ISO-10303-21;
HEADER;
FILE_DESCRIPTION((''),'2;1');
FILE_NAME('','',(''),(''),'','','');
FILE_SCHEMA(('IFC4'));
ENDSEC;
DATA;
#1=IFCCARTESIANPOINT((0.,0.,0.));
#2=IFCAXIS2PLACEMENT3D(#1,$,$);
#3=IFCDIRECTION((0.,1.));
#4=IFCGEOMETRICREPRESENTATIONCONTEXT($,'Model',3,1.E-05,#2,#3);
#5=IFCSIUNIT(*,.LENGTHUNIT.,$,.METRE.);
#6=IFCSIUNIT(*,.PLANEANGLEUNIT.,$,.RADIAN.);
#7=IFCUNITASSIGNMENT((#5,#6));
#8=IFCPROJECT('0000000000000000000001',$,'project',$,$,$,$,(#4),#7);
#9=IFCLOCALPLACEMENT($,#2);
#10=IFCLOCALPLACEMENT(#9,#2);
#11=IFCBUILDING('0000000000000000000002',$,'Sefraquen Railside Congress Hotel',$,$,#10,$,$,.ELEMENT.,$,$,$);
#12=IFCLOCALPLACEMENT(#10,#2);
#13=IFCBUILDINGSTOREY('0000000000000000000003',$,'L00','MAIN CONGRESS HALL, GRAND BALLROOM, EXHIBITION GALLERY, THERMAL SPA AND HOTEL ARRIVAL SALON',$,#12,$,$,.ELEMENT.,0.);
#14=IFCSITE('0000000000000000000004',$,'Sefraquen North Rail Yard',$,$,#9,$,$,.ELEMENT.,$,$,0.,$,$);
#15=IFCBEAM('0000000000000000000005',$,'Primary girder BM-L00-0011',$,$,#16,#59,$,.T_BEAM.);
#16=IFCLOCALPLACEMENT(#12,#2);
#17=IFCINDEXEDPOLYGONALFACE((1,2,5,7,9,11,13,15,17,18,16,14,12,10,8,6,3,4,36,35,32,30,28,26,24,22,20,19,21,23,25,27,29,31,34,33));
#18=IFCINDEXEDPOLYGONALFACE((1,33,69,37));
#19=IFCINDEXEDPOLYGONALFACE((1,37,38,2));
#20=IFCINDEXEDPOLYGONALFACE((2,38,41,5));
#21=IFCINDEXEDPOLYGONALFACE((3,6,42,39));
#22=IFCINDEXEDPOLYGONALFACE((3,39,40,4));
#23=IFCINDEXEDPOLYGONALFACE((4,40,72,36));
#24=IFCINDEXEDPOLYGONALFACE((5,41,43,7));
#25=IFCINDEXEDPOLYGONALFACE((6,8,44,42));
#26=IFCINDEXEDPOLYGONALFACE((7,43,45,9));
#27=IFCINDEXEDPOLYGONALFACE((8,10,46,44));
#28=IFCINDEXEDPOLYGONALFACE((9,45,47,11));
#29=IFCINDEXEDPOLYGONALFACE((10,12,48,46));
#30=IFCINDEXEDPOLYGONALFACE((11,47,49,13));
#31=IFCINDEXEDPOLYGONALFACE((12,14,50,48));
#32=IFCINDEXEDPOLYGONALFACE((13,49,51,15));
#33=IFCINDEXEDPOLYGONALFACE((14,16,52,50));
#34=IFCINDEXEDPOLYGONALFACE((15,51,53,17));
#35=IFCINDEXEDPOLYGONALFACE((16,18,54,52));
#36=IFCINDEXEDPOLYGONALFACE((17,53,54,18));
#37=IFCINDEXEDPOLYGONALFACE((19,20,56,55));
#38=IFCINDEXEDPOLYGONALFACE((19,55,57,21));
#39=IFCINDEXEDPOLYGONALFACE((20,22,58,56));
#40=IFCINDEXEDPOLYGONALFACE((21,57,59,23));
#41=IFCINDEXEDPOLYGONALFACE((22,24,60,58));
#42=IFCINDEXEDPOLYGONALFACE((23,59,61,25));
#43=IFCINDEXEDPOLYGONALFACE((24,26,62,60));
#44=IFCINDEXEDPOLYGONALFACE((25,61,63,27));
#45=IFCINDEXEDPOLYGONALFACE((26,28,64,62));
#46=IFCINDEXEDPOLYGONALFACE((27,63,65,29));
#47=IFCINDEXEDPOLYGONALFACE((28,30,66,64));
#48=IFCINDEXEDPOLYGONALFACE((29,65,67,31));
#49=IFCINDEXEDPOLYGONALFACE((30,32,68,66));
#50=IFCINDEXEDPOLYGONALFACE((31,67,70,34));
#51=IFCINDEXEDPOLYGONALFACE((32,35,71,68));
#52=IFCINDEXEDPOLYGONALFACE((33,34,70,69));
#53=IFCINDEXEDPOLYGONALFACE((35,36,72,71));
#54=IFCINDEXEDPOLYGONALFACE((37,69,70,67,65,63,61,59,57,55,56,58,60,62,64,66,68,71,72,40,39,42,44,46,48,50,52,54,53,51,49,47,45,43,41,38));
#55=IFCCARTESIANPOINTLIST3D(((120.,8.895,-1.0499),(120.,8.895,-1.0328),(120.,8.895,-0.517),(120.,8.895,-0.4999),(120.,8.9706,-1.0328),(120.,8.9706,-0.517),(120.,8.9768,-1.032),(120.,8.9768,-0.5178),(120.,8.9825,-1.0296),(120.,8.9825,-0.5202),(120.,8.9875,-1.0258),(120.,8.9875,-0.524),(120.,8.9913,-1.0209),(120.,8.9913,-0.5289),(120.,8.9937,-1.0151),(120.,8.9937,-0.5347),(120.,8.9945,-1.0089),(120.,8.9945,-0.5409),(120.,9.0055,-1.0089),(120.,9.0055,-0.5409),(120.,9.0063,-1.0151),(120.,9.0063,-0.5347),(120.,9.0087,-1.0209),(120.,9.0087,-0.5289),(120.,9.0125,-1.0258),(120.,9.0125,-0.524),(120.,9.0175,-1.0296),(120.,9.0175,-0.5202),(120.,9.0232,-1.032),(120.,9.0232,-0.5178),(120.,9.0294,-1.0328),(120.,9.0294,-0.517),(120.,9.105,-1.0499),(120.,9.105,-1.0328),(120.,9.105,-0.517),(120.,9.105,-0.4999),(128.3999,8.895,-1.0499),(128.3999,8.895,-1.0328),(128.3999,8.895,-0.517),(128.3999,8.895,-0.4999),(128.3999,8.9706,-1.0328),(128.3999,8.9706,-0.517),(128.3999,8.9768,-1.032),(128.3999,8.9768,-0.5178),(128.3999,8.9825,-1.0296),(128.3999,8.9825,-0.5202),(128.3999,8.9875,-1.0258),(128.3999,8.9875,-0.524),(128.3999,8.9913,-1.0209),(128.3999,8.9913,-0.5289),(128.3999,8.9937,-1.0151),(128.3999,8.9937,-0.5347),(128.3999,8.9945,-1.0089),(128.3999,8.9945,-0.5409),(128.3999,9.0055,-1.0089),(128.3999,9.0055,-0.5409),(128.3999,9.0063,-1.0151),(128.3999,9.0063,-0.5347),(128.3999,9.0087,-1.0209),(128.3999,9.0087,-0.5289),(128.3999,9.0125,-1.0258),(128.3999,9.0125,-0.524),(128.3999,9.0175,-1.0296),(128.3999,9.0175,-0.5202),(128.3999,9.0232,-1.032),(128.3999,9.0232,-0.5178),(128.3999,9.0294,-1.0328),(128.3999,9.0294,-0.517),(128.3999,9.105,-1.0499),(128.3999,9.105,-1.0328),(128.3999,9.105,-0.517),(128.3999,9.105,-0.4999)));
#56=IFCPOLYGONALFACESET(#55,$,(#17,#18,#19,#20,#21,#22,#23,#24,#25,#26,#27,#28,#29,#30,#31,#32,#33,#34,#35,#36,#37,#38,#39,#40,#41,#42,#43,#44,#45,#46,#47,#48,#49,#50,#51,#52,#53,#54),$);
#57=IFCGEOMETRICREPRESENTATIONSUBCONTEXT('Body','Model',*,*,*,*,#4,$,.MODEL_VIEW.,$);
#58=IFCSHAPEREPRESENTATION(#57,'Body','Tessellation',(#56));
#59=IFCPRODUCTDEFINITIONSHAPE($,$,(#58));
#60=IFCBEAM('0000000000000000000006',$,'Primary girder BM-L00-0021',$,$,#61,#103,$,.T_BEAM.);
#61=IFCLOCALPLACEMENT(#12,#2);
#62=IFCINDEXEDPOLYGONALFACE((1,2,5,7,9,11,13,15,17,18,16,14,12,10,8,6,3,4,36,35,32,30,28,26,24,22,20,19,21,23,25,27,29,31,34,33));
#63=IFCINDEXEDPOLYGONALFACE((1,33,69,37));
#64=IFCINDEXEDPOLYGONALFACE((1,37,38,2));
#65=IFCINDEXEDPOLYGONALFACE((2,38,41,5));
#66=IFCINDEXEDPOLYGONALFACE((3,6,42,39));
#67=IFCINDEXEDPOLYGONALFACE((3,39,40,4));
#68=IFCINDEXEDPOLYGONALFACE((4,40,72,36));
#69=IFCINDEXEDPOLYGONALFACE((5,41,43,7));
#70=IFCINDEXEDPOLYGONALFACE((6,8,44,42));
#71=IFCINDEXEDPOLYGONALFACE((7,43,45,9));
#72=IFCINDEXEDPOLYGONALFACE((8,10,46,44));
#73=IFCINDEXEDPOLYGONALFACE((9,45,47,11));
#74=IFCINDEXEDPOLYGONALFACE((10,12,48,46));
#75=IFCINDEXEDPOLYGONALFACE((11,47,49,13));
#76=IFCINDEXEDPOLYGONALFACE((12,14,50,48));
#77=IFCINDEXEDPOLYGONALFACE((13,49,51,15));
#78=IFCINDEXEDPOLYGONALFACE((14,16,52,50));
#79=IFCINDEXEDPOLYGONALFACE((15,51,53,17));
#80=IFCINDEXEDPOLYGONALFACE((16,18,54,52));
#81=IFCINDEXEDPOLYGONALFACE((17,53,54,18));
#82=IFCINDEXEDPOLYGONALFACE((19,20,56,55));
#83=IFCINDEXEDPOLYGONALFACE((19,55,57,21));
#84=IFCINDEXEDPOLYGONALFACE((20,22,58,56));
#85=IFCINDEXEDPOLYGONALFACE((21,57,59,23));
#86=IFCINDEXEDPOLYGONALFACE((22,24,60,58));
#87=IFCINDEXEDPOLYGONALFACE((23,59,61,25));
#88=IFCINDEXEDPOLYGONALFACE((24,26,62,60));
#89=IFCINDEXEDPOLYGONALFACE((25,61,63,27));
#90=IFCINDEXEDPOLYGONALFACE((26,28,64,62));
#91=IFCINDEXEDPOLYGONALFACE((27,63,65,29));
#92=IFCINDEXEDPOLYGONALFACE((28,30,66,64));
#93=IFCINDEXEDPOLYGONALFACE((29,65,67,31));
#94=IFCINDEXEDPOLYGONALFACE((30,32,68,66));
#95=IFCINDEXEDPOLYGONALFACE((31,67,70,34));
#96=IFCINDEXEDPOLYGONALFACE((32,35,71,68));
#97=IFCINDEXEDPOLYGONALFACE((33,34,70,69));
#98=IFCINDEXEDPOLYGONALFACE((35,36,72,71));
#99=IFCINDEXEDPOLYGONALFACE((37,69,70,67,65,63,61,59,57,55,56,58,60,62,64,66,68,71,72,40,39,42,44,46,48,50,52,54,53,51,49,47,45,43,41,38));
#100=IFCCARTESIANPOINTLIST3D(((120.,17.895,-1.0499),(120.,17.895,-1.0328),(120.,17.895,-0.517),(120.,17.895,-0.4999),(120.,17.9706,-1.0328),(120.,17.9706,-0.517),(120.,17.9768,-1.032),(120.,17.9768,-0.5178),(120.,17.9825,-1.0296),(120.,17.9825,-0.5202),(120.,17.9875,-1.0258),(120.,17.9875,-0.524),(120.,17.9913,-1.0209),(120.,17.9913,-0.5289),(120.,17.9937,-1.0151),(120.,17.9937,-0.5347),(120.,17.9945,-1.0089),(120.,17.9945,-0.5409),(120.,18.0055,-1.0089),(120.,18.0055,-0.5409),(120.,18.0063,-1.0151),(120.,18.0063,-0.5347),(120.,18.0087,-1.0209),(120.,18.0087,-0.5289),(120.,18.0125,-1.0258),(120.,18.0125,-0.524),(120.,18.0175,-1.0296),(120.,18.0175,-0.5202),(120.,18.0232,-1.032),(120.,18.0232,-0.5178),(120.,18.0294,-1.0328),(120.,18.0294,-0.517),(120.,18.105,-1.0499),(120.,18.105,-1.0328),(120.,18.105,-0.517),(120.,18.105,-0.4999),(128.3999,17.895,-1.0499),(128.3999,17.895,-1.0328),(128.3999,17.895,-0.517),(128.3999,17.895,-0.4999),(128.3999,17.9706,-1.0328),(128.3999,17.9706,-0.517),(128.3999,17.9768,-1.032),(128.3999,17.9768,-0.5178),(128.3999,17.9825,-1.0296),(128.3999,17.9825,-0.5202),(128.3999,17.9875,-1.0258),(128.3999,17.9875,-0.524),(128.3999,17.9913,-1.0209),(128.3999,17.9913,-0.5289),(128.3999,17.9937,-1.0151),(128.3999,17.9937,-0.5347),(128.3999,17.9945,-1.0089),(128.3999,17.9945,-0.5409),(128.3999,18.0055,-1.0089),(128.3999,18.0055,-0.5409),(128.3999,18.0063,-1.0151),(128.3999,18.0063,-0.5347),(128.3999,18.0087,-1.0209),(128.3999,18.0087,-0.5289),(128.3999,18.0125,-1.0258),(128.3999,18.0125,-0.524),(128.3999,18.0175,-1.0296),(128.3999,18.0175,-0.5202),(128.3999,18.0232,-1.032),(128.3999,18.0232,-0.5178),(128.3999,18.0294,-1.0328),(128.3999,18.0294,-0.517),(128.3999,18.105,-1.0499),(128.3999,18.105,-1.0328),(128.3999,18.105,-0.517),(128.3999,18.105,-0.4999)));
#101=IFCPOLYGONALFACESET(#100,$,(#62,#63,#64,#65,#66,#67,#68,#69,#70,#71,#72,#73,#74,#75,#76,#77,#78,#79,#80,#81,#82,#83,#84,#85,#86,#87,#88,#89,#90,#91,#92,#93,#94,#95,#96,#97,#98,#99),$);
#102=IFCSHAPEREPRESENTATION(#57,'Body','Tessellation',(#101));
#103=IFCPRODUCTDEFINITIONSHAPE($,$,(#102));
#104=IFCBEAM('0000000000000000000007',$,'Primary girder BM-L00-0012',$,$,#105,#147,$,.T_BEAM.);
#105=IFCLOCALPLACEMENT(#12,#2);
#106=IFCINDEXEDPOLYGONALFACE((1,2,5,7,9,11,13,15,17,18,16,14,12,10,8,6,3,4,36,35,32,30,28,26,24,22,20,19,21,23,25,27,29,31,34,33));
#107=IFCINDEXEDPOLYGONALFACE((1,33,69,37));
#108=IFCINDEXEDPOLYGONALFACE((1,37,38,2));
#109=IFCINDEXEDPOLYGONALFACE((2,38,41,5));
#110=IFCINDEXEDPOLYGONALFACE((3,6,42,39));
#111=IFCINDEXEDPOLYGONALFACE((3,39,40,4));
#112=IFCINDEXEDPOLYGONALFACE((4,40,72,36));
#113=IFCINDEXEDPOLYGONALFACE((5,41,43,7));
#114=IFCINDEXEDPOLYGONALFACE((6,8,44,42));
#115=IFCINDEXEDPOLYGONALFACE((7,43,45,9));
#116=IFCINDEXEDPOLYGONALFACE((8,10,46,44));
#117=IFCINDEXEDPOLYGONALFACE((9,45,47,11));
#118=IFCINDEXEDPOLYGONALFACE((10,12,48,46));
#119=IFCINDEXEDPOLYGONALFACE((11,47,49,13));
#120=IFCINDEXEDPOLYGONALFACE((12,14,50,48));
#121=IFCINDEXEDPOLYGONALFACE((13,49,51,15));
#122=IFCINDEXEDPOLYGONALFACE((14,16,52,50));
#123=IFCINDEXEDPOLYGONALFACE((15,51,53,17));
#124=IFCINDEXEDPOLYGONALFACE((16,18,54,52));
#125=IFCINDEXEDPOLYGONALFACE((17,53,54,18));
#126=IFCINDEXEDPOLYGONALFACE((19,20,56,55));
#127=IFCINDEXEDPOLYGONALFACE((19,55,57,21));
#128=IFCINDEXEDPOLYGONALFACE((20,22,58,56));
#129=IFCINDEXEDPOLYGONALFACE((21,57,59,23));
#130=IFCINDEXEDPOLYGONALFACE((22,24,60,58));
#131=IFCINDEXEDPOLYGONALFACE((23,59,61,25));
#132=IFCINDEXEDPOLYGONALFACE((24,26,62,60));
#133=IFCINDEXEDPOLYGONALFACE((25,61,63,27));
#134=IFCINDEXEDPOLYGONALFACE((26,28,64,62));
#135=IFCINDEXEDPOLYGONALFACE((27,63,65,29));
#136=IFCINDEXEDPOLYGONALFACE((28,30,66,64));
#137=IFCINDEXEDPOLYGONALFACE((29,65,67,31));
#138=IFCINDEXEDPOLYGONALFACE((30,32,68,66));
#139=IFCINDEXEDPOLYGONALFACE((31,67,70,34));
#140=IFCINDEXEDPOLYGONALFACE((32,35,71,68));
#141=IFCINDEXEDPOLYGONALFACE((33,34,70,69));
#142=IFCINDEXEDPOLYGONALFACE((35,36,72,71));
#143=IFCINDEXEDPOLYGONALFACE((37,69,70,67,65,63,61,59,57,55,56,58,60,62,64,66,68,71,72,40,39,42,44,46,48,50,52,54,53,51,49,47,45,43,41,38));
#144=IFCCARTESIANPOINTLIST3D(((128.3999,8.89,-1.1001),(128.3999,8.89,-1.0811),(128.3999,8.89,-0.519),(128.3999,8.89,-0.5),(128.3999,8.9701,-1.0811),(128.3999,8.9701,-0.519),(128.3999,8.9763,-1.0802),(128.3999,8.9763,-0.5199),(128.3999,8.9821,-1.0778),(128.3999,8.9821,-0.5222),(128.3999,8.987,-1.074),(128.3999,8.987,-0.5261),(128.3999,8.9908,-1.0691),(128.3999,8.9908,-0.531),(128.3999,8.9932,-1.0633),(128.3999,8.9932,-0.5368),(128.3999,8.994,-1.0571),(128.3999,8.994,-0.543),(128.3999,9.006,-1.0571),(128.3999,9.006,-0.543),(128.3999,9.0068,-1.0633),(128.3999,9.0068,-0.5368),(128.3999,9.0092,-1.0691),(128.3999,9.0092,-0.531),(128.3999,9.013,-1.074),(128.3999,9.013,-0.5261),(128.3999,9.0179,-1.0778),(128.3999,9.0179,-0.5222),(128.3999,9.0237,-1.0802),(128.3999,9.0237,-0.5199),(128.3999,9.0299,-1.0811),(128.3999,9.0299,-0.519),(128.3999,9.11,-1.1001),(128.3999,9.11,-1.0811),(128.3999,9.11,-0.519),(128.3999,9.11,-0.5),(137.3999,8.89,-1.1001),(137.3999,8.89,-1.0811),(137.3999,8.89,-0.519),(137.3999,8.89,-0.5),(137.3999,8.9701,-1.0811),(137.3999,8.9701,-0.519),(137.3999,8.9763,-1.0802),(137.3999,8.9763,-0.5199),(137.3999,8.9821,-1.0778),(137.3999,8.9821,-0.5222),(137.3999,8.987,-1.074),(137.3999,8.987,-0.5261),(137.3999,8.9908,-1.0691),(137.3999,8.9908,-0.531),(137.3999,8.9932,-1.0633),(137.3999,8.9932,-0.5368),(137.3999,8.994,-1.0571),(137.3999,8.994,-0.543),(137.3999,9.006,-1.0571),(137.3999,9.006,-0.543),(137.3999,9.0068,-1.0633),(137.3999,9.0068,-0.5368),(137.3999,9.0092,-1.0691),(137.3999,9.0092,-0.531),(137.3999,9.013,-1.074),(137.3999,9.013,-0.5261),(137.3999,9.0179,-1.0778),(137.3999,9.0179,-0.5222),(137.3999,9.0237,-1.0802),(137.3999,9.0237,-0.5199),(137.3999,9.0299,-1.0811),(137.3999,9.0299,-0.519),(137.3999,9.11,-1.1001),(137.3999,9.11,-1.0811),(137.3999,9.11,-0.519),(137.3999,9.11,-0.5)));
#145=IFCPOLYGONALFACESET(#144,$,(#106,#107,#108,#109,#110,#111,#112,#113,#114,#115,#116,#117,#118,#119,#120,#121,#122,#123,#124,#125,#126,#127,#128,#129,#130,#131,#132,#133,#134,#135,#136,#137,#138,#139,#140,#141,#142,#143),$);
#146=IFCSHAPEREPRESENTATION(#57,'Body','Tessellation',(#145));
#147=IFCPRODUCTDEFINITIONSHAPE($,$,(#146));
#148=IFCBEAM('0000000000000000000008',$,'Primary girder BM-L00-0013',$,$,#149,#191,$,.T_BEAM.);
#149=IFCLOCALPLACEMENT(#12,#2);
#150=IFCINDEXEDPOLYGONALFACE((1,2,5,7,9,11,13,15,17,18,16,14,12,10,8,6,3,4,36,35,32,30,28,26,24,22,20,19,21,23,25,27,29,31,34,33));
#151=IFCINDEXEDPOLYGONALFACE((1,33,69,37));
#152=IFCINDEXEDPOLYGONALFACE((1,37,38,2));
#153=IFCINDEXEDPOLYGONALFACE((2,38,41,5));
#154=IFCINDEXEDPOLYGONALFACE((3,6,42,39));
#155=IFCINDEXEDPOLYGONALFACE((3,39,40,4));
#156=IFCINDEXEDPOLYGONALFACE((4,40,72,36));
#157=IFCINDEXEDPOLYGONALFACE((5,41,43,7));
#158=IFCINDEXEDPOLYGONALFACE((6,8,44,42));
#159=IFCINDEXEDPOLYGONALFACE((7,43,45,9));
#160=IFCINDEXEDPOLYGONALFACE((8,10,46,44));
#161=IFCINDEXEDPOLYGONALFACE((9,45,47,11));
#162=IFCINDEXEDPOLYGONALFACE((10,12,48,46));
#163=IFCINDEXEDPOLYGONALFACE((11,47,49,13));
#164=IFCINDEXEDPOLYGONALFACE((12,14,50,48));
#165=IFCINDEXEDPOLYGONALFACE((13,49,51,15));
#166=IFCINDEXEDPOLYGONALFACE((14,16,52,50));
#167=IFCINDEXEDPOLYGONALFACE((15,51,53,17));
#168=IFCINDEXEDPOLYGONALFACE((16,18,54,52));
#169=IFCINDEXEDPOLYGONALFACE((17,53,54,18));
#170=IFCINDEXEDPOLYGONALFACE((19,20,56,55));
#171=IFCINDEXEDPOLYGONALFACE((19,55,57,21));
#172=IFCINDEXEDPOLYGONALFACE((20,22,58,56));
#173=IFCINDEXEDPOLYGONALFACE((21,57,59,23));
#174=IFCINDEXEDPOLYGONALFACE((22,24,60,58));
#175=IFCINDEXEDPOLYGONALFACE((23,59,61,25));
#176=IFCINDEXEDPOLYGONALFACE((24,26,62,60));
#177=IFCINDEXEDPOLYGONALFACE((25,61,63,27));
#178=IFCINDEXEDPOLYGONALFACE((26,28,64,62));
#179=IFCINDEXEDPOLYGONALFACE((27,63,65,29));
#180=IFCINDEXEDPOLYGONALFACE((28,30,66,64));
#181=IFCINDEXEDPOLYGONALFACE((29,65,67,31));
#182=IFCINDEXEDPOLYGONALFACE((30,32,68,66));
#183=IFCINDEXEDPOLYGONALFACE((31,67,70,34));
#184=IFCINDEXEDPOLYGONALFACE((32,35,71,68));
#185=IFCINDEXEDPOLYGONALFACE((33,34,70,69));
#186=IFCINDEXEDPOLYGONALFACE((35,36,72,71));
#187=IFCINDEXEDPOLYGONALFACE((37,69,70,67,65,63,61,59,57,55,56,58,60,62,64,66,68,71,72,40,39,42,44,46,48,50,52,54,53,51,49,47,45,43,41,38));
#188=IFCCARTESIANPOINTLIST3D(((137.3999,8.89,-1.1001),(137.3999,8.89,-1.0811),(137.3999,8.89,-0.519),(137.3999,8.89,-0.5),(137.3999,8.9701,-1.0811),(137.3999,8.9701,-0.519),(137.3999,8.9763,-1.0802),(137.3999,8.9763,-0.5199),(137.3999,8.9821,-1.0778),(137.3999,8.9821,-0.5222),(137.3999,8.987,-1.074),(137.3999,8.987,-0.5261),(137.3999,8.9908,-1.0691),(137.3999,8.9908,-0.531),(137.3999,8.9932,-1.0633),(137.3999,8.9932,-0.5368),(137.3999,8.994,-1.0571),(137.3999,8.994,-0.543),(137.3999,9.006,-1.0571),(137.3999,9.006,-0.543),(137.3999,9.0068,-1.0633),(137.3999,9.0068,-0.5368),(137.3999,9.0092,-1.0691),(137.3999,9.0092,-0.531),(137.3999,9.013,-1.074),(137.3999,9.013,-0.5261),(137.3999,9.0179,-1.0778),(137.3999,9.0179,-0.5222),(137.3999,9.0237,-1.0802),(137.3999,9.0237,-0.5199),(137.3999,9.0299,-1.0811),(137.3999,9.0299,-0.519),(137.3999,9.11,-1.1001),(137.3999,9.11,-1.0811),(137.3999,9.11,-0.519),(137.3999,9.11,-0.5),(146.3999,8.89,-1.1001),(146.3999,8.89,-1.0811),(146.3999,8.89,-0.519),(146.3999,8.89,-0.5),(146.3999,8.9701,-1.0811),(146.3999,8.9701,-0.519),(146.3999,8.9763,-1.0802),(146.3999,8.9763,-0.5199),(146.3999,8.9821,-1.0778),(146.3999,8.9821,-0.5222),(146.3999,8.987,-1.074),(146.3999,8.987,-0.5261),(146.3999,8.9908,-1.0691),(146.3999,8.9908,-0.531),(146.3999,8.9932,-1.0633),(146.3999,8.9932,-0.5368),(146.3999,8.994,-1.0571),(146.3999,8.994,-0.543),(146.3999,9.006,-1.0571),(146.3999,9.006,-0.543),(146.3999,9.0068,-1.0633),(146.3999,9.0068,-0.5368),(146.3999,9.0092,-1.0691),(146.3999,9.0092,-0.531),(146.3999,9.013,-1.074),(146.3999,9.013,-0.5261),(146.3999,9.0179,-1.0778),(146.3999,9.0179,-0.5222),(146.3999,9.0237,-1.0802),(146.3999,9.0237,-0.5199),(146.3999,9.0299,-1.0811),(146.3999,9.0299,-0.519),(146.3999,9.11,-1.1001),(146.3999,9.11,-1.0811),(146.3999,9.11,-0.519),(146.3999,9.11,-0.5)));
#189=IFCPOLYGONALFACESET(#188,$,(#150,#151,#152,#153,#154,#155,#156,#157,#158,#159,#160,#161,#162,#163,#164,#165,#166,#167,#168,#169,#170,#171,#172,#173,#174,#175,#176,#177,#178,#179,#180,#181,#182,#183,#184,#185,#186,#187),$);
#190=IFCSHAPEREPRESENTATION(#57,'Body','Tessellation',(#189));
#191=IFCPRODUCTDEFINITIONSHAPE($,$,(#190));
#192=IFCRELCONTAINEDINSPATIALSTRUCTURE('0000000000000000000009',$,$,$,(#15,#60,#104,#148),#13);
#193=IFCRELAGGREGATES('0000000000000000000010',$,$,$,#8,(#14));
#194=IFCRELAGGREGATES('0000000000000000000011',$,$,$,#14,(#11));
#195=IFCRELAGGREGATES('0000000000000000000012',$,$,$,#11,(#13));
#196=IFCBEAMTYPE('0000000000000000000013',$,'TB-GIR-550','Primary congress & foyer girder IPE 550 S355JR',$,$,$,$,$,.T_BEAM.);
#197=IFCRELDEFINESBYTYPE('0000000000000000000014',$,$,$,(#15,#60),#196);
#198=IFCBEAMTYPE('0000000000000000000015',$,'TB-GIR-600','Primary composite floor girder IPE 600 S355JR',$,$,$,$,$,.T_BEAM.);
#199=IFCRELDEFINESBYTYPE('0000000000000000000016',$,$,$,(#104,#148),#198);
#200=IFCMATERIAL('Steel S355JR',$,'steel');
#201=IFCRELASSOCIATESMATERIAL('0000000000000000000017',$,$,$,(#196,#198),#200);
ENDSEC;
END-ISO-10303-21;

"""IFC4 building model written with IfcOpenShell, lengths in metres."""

from ifc_helpers import new_model, si_unit, direction, frame, origin, origin_2d, place, context, subcontext, project, spatial, i_section, extrude, material, material_profile, profile_set, type_object, element, save


model = new_model("IFC4")

# Units and contexts
model_context = context("Model", 3, precision=1e-05, world=origin(), true_north=direction((0.0, 1.0)))
body_context = subcontext(model_context, "Body", "Model", "MODEL_VIEW")
ifc_project = project(units=[si_unit("LENGTHUNIT", "METRE"), si_unit("PLANEANGLEUNIT", "RADIAN")], contexts=[model_context])

# Site, building, storey
site_placement = place(None, origin())
site = spatial("IfcSite", under=ifc_project, at=site_placement, Name="Sefraquen North Rail Yard", CompositionType="ELEMENT", RefElevation=0.0)
building_placement = place(site_placement, origin())
building = spatial("IfcBuilding", under=site, at=building_placement, Name="Sefraquen Railside Congress Hotel", CompositionType="ELEMENT")
storey_placement = place(building_placement, origin())
storey = spatial("IfcBuildingStorey", under=building, at=storey_placement, Name="L00", Description="MAIN CONGRESS HALL, GRAND BALLROOM, EXHIBITION GALLERY, THERMAL SPA AND HOTEL ARRIVAL SALON", CompositionType="ELEMENT", Elevation=0.0)

# Shared definitions
ifc_material_1 = material(Name="Steel S355JR", Category="steel")

# Beams
ifc_material_profile_1 = material_profile(ifc_material_1, i_section(OverallWidth=0.21, OverallDepth=0.55, WebThickness=0.011, FlangeThickness=0.0171, FilletRadius=0.0239, at=origin_2d()), Name="IPE 550")
ifc_profile_set_1 = profile_set([ifc_material_profile_1], Name="Steel S355JR")
beam_type_1 = type_object("IfcBeamType", Name="TB-GIR-550", Description="Primary congress & foyer girder IPE 550 S355JR", PredefinedType="T_BEAM", material=ifc_profile_set_1)
for number, where, z_axis, x_axis, name in (
    (1, (120.0, 9.0, -0.7749), (1.0, 0.0, 0.0), (0.0, 1.0, 0.0), "Primary girder BM-L00-0011"),
    (2, (120.0, 18.0, -0.7749), (1.0, 0.0, 0.0), (0.0, 1.0, 0.0), "Primary girder BM-L00-0021"),
):
    element("IfcBeam", number, at=place(storey_placement, frame(where, z_axis=z_axis, x_axis=x_axis)), inside=storey, type_object=beam_type_1, Name=name, PredefinedType="T_BEAM", context=body_context, shape_type="SweptSolid", body=[
        extrude(i_section(OverallWidth=0.21, OverallDepth=0.55, WebThickness=0.011, FlangeThickness=0.0171, FilletRadius=0.0239, at=origin_2d()), origin(), (0.0, 0.0, 1.0), 8.3999),
    ])
ifc_material_profile_2 = material_profile(ifc_material_1, i_section(OverallWidth=0.22, OverallDepth=0.6001, WebThickness=0.012, FlangeThickness=0.019, FilletRadius=0.0239, at=origin_2d()), Name="IPE 600")
ifc_profile_set_2 = profile_set([ifc_material_profile_2], Name="Steel S355JR")
beam_type_2 = type_object("IfcBeamType", Name="TB-GIR-600", Description="Primary composite floor girder IPE 600 S355JR", PredefinedType="T_BEAM", material=ifc_profile_set_2)
for number, where, z_axis, x_axis, name in (
    (3, (128.3999, 9.0, -0.8), (1.0, 0.0, 0.0), (0.0, 1.0, 0.0), "Primary girder BM-L00-0012"),
    (4, (137.3999, 9.0, -0.8), (1.0, 0.0, 0.0), (0.0, 1.0, 0.0), "Primary girder BM-L00-0013"),
):
    element("IfcBeam", number, at=place(storey_placement, frame(where, z_axis=z_axis, x_axis=x_axis)), inside=storey, type_object=beam_type_2, Name=name, PredefinedType="T_BEAM", context=body_context, shape_type="SweptSolid", body=[
        extrude(i_section(OverallWidth=0.22, OverallDepth=0.6001, WebThickness=0.012, FlangeThickness=0.019, FilletRadius=0.0239, at=origin_2d()), origin(), (0.0, 0.0, 1.0), 9.0),
    ])

save(model, "model.ifc")
